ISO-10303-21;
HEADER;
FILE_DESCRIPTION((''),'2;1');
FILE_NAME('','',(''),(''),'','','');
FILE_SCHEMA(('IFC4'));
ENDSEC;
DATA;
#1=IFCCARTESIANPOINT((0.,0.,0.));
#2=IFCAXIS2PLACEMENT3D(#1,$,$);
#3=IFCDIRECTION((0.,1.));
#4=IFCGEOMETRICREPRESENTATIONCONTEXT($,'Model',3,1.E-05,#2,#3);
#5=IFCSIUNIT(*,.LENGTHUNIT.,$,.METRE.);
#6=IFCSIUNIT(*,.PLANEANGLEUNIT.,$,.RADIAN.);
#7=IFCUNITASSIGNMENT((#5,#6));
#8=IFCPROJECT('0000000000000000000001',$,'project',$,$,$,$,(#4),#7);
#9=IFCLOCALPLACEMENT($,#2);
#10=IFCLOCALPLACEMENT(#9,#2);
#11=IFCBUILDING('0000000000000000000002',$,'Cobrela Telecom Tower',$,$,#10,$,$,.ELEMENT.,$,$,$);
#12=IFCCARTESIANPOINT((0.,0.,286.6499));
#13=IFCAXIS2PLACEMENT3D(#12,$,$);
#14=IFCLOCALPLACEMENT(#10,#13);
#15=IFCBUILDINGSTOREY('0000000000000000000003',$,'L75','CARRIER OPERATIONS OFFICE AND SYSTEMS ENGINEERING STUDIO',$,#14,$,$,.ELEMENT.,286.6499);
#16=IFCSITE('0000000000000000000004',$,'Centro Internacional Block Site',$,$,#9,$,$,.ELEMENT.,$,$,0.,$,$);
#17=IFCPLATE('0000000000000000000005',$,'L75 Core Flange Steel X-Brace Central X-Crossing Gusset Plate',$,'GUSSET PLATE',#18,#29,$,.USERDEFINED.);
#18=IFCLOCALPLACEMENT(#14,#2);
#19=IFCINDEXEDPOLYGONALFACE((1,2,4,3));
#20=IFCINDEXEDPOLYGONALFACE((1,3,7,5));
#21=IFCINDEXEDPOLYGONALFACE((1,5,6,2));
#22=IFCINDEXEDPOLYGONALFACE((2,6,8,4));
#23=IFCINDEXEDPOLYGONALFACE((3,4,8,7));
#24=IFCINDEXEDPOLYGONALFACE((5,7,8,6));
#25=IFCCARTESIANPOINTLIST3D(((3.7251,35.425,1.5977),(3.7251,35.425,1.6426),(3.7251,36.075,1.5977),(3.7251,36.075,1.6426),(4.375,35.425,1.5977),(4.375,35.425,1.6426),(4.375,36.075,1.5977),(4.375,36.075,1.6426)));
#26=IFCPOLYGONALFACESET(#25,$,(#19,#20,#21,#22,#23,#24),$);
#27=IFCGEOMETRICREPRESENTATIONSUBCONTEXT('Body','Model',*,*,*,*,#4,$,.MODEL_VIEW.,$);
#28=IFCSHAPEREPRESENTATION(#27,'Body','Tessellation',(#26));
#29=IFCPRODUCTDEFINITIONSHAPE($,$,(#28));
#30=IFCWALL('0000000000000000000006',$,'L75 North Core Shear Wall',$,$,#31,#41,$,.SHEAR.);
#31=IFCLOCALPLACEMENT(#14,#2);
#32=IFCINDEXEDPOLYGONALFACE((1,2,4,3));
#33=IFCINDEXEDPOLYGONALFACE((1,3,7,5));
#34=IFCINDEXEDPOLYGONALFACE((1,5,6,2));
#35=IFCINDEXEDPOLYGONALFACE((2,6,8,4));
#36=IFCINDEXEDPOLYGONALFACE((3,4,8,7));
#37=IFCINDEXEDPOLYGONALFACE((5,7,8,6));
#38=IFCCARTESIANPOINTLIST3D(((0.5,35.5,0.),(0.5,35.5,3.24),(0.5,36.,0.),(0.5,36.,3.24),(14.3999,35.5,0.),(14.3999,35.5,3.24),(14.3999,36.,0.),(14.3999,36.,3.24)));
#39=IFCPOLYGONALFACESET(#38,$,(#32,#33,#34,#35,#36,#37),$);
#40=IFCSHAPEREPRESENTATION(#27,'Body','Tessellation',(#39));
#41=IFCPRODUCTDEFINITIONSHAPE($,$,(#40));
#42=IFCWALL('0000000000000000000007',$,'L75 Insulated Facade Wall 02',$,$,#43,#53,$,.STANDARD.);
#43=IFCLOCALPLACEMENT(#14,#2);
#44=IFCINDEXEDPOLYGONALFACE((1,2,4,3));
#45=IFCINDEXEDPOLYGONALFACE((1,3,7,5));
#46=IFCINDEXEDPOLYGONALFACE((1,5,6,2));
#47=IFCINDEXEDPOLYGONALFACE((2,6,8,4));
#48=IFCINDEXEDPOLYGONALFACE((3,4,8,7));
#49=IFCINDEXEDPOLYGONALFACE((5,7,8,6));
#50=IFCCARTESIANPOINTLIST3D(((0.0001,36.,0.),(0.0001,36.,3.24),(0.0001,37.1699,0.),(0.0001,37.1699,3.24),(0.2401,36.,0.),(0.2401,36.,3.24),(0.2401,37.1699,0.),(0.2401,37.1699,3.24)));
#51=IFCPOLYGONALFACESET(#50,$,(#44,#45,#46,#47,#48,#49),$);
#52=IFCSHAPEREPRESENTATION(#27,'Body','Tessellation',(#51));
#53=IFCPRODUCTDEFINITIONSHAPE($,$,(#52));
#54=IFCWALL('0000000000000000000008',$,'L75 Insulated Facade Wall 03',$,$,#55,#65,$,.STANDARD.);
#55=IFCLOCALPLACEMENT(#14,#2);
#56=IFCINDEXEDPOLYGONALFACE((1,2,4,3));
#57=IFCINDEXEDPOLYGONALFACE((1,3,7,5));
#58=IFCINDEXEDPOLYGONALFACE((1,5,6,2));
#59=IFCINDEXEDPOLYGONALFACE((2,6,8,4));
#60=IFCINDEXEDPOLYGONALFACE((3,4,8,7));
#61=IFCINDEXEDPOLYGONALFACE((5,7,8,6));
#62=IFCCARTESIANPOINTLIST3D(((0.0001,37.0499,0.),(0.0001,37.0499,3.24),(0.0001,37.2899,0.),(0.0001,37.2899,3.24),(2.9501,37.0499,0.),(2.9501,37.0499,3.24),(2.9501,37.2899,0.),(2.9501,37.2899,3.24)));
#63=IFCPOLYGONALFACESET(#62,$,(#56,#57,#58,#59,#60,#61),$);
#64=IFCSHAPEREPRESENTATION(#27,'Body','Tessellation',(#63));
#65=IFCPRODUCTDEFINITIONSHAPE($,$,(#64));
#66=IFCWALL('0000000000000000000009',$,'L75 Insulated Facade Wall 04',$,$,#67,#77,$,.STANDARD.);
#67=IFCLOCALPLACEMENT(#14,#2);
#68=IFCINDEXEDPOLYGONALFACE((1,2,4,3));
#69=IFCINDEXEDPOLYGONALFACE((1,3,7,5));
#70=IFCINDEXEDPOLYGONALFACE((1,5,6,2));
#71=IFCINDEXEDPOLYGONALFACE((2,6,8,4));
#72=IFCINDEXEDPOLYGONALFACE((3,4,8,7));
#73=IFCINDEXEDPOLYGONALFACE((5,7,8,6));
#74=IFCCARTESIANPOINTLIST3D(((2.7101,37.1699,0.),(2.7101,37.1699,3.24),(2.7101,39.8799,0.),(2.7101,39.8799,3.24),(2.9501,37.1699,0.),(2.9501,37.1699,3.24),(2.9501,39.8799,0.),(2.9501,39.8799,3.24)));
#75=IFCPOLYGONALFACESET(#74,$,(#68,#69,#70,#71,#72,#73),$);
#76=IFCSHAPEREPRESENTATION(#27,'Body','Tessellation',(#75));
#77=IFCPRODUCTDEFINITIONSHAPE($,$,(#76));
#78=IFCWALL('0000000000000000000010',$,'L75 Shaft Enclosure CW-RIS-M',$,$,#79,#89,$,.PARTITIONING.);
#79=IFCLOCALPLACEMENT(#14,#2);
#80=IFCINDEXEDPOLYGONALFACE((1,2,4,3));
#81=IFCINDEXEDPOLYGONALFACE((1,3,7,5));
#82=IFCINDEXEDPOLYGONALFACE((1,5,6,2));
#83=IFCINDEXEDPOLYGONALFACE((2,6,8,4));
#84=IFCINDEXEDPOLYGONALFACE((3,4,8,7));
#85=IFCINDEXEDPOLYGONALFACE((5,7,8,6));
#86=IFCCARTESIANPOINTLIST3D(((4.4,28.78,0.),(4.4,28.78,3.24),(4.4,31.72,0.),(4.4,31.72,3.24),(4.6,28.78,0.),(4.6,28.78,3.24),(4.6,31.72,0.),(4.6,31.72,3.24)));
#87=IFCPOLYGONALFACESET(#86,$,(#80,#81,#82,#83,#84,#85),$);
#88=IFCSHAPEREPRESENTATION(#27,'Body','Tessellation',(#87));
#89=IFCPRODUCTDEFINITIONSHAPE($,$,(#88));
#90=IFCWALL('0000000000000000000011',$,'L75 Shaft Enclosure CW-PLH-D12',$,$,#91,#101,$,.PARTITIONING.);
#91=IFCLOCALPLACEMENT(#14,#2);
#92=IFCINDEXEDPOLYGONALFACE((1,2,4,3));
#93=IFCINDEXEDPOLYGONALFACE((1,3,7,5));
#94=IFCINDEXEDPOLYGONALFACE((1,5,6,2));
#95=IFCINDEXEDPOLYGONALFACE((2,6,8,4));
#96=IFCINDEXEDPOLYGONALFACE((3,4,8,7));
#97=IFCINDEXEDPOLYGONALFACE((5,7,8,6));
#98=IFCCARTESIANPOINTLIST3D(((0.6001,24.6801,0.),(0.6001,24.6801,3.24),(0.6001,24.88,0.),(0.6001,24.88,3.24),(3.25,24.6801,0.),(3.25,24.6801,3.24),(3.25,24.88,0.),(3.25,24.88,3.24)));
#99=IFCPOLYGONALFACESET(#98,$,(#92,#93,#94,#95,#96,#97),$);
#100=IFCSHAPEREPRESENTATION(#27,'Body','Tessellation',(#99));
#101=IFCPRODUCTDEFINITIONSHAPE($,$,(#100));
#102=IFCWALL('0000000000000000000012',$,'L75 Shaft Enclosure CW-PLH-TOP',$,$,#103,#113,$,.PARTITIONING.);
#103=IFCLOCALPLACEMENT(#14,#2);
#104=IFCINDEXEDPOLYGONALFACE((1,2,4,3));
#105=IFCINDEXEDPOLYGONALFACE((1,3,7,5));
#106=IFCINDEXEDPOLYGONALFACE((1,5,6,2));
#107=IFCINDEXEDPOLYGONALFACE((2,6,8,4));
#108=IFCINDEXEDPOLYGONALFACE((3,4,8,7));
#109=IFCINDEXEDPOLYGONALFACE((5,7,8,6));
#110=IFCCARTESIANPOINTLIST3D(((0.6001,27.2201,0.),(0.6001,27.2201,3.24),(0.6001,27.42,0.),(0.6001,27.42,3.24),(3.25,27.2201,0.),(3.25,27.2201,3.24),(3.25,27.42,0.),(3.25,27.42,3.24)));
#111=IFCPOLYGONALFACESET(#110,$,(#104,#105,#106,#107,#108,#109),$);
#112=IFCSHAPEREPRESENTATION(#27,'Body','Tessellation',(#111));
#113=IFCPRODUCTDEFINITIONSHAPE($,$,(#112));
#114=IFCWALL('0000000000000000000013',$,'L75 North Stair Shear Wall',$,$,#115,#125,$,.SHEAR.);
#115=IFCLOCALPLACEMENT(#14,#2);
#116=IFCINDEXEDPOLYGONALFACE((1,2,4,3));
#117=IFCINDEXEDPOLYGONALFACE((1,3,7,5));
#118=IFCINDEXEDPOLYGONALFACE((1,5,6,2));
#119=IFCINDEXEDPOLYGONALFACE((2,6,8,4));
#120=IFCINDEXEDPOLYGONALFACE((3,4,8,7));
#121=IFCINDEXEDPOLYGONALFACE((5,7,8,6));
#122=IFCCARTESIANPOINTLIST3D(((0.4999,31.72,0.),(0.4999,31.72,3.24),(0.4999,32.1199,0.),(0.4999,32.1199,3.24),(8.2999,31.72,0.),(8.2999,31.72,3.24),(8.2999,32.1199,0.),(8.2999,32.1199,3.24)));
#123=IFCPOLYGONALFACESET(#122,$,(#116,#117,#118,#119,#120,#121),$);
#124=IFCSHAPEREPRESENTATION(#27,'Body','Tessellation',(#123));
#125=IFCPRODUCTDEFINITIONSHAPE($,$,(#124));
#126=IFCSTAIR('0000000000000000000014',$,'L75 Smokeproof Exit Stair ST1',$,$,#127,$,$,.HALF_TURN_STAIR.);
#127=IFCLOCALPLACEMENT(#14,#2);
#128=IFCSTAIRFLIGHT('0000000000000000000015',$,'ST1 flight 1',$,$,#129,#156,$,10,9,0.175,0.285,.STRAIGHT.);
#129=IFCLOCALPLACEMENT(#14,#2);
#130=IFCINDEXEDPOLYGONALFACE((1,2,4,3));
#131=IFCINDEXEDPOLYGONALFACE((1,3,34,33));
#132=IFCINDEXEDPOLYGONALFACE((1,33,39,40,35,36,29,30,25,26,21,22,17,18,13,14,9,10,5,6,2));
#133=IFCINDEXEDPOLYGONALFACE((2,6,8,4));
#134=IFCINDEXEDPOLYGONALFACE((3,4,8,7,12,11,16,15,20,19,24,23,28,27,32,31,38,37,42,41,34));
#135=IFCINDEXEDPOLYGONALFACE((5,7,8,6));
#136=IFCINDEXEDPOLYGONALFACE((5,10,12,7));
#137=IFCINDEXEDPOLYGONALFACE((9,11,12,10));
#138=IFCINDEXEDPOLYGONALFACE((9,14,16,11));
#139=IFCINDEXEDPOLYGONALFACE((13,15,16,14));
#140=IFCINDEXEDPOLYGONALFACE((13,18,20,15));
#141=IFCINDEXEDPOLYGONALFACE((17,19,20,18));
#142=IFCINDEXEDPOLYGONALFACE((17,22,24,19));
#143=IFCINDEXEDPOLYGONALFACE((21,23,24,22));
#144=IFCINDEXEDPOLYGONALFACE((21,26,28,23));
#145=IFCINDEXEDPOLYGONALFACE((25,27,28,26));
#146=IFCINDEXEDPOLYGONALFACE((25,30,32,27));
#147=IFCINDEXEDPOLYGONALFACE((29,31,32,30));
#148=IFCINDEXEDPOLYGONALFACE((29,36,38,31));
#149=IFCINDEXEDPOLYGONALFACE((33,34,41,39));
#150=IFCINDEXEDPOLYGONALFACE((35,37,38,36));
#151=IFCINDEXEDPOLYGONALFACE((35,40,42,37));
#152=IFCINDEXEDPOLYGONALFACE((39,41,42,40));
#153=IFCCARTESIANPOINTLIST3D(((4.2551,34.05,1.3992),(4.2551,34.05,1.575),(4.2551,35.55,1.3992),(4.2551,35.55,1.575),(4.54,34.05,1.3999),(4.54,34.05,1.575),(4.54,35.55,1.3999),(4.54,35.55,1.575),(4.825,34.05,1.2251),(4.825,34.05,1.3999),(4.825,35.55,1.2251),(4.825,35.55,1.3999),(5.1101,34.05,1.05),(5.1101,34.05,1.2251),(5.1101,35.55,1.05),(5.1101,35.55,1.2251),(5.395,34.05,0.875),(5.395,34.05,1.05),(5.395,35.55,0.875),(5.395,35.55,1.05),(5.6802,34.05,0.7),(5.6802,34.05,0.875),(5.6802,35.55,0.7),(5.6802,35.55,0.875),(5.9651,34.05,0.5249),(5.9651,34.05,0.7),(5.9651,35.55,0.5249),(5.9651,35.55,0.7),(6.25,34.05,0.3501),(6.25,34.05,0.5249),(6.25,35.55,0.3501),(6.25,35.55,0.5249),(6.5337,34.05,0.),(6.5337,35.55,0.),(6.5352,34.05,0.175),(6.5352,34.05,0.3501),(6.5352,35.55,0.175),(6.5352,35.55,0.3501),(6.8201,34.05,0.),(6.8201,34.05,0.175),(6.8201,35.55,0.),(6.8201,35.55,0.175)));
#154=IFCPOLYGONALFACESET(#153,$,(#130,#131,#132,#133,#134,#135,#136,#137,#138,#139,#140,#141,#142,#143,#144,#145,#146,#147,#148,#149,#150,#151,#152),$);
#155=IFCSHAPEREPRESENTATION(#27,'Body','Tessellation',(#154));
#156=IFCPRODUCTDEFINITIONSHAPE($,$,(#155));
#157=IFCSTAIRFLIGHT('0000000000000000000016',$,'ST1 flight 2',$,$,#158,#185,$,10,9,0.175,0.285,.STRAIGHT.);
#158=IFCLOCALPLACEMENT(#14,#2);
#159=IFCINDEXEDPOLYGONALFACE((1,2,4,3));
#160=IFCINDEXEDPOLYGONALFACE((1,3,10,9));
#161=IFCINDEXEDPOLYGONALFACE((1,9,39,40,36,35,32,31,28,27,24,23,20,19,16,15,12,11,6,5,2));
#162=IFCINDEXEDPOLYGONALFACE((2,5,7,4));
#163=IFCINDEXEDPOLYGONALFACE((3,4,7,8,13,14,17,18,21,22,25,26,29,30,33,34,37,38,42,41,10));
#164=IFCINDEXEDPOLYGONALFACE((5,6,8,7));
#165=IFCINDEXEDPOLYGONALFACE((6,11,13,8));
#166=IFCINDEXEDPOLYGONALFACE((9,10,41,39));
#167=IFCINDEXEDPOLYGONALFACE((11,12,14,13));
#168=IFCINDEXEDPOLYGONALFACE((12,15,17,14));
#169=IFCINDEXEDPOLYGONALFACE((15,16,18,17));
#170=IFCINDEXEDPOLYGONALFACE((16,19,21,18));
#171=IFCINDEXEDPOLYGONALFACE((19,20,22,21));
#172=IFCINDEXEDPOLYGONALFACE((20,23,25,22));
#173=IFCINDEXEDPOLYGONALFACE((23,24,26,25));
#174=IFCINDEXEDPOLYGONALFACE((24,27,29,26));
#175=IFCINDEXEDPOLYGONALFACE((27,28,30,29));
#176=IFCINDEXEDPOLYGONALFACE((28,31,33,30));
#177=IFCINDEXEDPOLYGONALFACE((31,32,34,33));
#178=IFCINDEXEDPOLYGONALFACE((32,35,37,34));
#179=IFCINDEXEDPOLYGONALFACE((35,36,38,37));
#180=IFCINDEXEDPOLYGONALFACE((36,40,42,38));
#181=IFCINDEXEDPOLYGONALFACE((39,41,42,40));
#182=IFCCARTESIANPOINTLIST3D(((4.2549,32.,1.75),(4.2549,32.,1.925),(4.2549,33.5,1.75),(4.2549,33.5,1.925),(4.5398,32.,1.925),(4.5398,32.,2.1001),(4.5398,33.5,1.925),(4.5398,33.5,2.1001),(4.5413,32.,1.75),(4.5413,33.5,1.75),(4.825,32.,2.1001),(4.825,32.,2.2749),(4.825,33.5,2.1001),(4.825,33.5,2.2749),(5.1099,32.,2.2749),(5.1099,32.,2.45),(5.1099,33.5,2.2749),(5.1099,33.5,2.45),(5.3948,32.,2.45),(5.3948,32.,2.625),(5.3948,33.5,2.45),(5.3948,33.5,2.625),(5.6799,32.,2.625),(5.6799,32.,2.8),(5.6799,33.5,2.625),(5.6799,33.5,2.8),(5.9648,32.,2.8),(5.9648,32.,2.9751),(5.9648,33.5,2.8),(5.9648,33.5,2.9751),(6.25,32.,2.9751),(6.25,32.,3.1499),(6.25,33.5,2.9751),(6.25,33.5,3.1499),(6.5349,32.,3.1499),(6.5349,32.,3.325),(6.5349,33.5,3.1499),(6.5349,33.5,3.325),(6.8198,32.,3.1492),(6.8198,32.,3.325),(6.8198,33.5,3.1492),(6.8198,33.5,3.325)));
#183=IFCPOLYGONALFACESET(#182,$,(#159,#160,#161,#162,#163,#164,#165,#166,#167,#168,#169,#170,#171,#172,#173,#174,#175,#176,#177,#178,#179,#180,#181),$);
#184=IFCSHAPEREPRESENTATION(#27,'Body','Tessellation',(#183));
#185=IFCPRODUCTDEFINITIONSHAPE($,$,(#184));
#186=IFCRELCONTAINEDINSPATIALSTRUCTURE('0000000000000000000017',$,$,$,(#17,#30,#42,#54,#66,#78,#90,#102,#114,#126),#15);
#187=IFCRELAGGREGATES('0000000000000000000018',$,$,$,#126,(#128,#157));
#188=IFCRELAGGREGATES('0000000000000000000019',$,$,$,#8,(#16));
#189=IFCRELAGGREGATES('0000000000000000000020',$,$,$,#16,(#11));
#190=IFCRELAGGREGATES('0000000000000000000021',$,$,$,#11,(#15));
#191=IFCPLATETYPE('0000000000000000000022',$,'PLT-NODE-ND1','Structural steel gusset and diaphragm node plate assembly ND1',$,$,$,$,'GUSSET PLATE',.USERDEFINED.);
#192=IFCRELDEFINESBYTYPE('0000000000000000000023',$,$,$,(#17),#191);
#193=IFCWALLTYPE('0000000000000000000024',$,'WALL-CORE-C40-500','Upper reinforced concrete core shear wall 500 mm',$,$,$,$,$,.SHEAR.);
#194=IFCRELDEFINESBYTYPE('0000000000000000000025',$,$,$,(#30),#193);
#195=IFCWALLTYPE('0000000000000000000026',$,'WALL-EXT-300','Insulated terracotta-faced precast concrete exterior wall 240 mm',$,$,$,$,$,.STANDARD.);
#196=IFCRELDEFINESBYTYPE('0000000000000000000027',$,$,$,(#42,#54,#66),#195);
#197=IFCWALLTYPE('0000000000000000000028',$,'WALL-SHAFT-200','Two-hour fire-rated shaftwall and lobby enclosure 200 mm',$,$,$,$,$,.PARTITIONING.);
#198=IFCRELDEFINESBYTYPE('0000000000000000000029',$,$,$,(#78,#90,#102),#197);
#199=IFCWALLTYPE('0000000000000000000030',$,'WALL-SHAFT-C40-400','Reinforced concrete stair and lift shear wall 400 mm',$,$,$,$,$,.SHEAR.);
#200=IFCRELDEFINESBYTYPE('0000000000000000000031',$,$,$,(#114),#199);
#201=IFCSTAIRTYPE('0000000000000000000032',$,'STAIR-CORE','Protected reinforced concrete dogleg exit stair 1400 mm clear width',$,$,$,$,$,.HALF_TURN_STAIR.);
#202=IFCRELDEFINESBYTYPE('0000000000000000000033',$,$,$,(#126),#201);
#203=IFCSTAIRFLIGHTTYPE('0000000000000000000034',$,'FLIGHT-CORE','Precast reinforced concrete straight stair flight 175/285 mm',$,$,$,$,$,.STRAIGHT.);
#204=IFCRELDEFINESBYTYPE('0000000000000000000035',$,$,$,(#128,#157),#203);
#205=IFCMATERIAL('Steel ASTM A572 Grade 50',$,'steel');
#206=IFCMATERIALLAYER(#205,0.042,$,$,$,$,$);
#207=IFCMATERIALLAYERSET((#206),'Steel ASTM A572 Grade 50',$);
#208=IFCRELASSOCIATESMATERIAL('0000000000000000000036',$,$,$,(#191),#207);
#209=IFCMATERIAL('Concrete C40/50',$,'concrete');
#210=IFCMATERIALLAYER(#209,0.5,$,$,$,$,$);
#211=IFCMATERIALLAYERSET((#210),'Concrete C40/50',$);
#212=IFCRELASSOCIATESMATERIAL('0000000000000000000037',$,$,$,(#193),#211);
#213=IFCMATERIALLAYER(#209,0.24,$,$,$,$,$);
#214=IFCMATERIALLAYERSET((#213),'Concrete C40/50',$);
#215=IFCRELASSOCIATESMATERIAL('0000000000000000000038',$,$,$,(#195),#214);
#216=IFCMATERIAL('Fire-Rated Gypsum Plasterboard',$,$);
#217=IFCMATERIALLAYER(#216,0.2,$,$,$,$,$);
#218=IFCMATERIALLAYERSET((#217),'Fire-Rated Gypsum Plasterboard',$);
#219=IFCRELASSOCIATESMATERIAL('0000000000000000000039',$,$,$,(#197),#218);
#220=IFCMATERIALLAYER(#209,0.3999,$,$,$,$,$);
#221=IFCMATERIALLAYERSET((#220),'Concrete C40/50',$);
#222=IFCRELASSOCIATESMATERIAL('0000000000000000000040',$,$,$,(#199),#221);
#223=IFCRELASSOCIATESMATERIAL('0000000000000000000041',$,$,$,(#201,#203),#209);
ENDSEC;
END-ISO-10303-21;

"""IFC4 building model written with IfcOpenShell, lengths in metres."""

from ifc_helpers import new_model, si_unit, direction, frame, frame_2d, origin, origin_2d, place, context, subcontext, project, spatial, polyline, rectangle, outline, extrude, material, layer, layer_set, type_object, element, aggregate, save


model = new_model("IFC4")

# Units and contexts
model_context = context("Model", 3, precision=1e-05, world=origin(), true_north=direction((0.0, 1.0)))
body_context = subcontext(model_context, "Body", "Model", "MODEL_VIEW")
ifc_project = project(units=[si_unit("LENGTHUNIT", "METRE"), si_unit("PLANEANGLEUNIT", "RADIAN")], contexts=[model_context])

# Site, building, storey
site_placement = place(None, origin())
site = spatial("IfcSite", under=ifc_project, at=site_placement, Name="Centro Internacional Block Site", CompositionType="ELEMENT", RefElevation=0.0)
building_placement = place(site_placement, origin())
building = spatial("IfcBuilding", under=site, at=building_placement, Name="Cobrela Telecom Tower", CompositionType="ELEMENT")
storey_placement = place(building_placement, frame((0.0, 0.0, 286.6499)))
storey = spatial("IfcBuildingStorey", under=building, at=storey_placement, Name="L75", Description="CARRIER OPERATIONS OFFICE AND SYSTEMS ENGINEERING STUDIO", CompositionType="ELEMENT", Elevation=286.6499)

# Shared definitions
ifc_material_1 = material(Name="Steel ASTM A572 Grade 50", Category="steel")

# Plate
ifc_layer_1 = layer(ifc_material_1, 0.042)
ifc_layer_set_1 = layer_set([ifc_layer_1], Name="Steel ASTM A572 Grade 50")
plate_type_1 = type_object("IfcPlateType", Name="PLT-NODE-ND1", Description="Structural steel gusset and diaphragm node plate assembly ND1", ElementType="GUSSET PLATE", PredefinedType="USERDEFINED", material=ifc_layer_set_1)
plate_1_placement = place(storey_placement, frame((4.05, 35.75, 1.5977), z_axis=(0.0, 0.0, 1.0), x_axis=(1.0, 0.0, 0.0)))
element("IfcPlate", 1, at=plate_1_placement, inside=storey, type_object=plate_type_1, Name="L75 Core Flange Steel X-Brace Central X-Crossing Gusset Plate", ObjectType="GUSSET PLATE", PredefinedType="USERDEFINED", context=body_context, shape_type="SweptSolid", body=[
    extrude(rectangle(XDim=0.6499, YDim=0.6499, at=origin_2d()), origin(), (0.0, 0.0, 1.0), 0.0449),
])

# Walls
ifc_material_2 = material(Name="Concrete C40/50", Category="concrete")
ifc_layer_2 = layer(ifc_material_2, 0.5)
ifc_layer_set_2 = layer_set([ifc_layer_2], Name="Concrete C40/50")
wall_type_1 = type_object("IfcWallType", Name="WALL-CORE-C40-500", Description="Upper reinforced concrete core shear wall 500 mm", PredefinedType="SHEAR", material=ifc_layer_set_2)
wall_1_placement = place(storey_placement, frame((0.5, 35.75, 0.0), z_axis=(0.0, 0.0, 1.0), x_axis=(1.0, 0.0, 0.0)))
element("IfcWall", 2, at=wall_1_placement, inside=storey, type_object=wall_type_1, Name="L75 North Core Shear Wall", PredefinedType="SHEAR", context=body_context, shape_type="SweptSolid", body=[
    extrude(rectangle(XDim=13.8999, YDim=0.5, at=frame_2d((6.95, 0.0))), origin(), (0.0, 0.0, 1.0), 3.24),
])
ifc_layer_3 = layer(ifc_material_2, 0.24)
ifc_layer_set_3 = layer_set([ifc_layer_3], Name="Concrete C40/50")
wall_type_2 = type_object("IfcWallType", Name="WALL-EXT-300", Description="Insulated terracotta-faced precast concrete exterior wall 240 mm", PredefinedType="STANDARD", material=ifc_layer_set_3)
wall_2_placement = place(storey_placement, frame((0.1201, 36.0, 0.0), z_axis=(0.0, 0.0, 1.0), x_axis=(0.0, 1.0, 0.0)))
element("IfcWall", 3, at=wall_2_placement, inside=storey, type_object=wall_type_2, Name="L75 Insulated Facade Wall 02", PredefinedType="STANDARD", context=body_context, shape_type="SweptSolid", body=[
    extrude(rectangle(XDim=1.1699, YDim=0.24, at=frame_2d((0.585, 0.0))), origin(), (0.0, 0.0, 1.0), 3.24),
])
wall_3_placement = place(storey_placement, frame((0.0, 37.1699, 0.0), z_axis=(0.0, 0.0, 1.0), x_axis=(1.0, 0.0, 0.0)))
element("IfcWall", 4, at=wall_3_placement, inside=storey, type_object=wall_type_2, Name="L75 Insulated Facade Wall 03", PredefinedType="STANDARD", context=body_context, shape_type="SweptSolid", body=[
    extrude(rectangle(XDim=2.95, YDim=0.24, at=frame_2d((1.4751, 0.0))), origin(), (0.0, 0.0, 1.0), 3.24),
])
wall_4_placement = place(storey_placement, frame((2.8301, 37.1699, 0.0), z_axis=(0.0, 0.0, 1.0), x_axis=(0.0, 1.0, 0.0)))
element("IfcWall", 5, at=wall_4_placement, inside=storey, type_object=wall_type_2, Name="L75 Insulated Facade Wall 04", PredefinedType="STANDARD", context=body_context, shape_type="SweptSolid", body=[
    extrude(rectangle(XDim=2.71, YDim=0.24, at=frame_2d((1.355, 0.0))), origin(), (0.0, 0.0, 1.0), 3.24),
])

# Shared definitions
ifc_material_3 = material(Name="Fire-Rated Gypsum Plasterboard")
ifc_layer_4 = layer(ifc_material_3, 0.2)
ifc_layer_set_4 = layer_set([ifc_layer_4], Name="Fire-Rated Gypsum Plasterboard")
wall_type_3 = type_object("IfcWallType", Name="WALL-SHAFT-200", Description="Two-hour fire-rated shaftwall and lobby enclosure 200 mm", PredefinedType="PARTITIONING", material=ifc_layer_set_4)

# Walls
wall_5_placement = place(storey_placement, frame((4.5, 28.78, 0.0), z_axis=(0.0, 0.0, 1.0), x_axis=(0.0, 1.0, 0.0)))
element("IfcWall", 6, at=wall_5_placement, inside=storey, type_object=wall_type_3, Name="L75 Shaft Enclosure CW-RIS-M", PredefinedType="PARTITIONING", context=body_context, shape_type="SweptSolid", body=[
    extrude(rectangle(XDim=2.9399, YDim=0.2, at=frame_2d((1.47, 0.0))), origin(), (0.0, 0.0, 1.0), 3.24),
])
for number, where, z_axis, x_axis, name in (
    (7, (0.6001, 24.78, 0.0), (0.0, 0.0, 1.0), (1.0, 0.0, 0.0), "L75 Shaft Enclosure CW-PLH-D12"),
    (8, (0.6001, 27.3201, 0.0), (0.0, 0.0, 1.0), (1.0, 0.0, 0.0), "L75 Shaft Enclosure CW-PLH-TOP"),
):
    element("IfcWall", number, at=place(storey_placement, frame(where, z_axis=z_axis, x_axis=x_axis)), inside=storey, type_object=wall_type_3, Name=name, PredefinedType="PARTITIONING", context=body_context, shape_type="SweptSolid", body=[
        extrude(rectangle(XDim=2.6499, YDim=0.2, at=frame_2d((1.325, 0.0))), origin(), (0.0, 0.0, 1.0), 3.24),
    ])
ifc_layer_5 = layer(ifc_material_2, 0.3999)
ifc_layer_set_5 = layer_set([ifc_layer_5], Name="Concrete C40/50")
wall_type_4 = type_object("IfcWallType", Name="WALL-SHAFT-C40-400", Description="Reinforced concrete stair and lift shear wall 400 mm", PredefinedType="SHEAR", material=ifc_layer_set_5)
wall_6_placement = place(storey_placement, frame((0.5, 31.9199, 0.0), z_axis=(0.0, 0.0, 1.0), x_axis=(1.0, 0.0, 0.0)))
element("IfcWall", 9, at=wall_6_placement, inside=storey, type_object=wall_type_4, Name="L75 North Stair Shear Wall", PredefinedType="SHEAR", context=body_context, shape_type="SweptSolid", body=[
    extrude(rectangle(XDim=7.8, YDim=0.3999, at=frame_2d((3.8999, 0.0))), origin(), (0.0, 0.0, 1.0), 3.24),
])

# Stair, stair flights
stair_type = type_object("IfcStairType", Name="STAIR-CORE", Description="Protected reinforced concrete dogleg exit stair 1400 mm clear width", PredefinedType="HALF_TURN_STAIR", material=ifc_material_2)
stair_placement = place(storey_placement, origin())
stair = element("IfcStair", 10, at=stair_placement, inside=storey, type_object=stair_type, Name="L75 Smokeproof Exit Stair ST1", PredefinedType="HALF_TURN_STAIR")
stair_flight_type = type_object("IfcStairFlightType", Name="FLIGHT-CORE", Description="Precast reinforced concrete straight stair flight 175/285 mm", PredefinedType="STRAIGHT", material=ifc_material_2)
stair_flight_1_placement = place(storey_placement, frame((6.8201, 34.8, 0.0), z_axis=(0.0, 0.0, 1.0), x_axis=(-1.0, 0.0, 0.0)))
stair_flight_1 = element("IfcStairFlight", 11, at=stair_flight_1_placement, type_object=stair_flight_type, Name="ST1 flight 1", NumberOfRisers=10, NumberOfTreads=9, PredefinedType="STRAIGHT", RiserHeight=0.175, TreadLength=0.285, context=body_context, shape_type="SweptSolid", body=[
    extrude(outline(polyline([(0.0, 0.0), (0.0, 0.175), (0.2849, 0.175), (0.2849, 0.3501), (0.5701, 0.3501), (0.5701, 0.5249), (0.855, 0.5249), (0.855, 0.7), (1.1399, 0.7), (1.1399, 0.875), (1.425, 0.875), (1.425, 1.05), (1.71, 1.05), (1.71, 1.2251), (1.9951, 1.2251), (1.9951, 1.3999), (2.28, 1.3999), (2.28, 1.575), (2.5649, 1.575), (2.5649, 1.75), (2.5649, 1.3992), (0.2864, 0.0), (0.0, 0.0)])), frame((0.0, 0.75, 0.0), z_axis=(0.0, -1.0, 0.0), x_axis=(1.0, 0.0, 0.0)), (0.0, 0.0, 1.0), 1.5),
])
stair_flight_2_placement = place(storey_placement, frame((4.2549, 32.75, 1.75), z_axis=(0.0, 0.0, 1.0), x_axis=(1.0, 0.0, 0.0)))
stair_flight_2 = element("IfcStairFlight", 12, at=stair_flight_2_placement, type_object=stair_flight_type, Name="ST1 flight 2", NumberOfRisers=10, NumberOfTreads=9, PredefinedType="STRAIGHT", RiserHeight=0.175, TreadLength=0.285, context=body_context, shape_type="SweptSolid", body=[
    extrude(outline(polyline([(0.0, 0.0), (0.0, 0.175), (0.2849, 0.175), (0.2849, 0.3501), (0.5701, 0.3501), (0.5701, 0.5249), (0.855, 0.5249), (0.855, 0.7), (1.1399, 0.7), (1.1399, 0.875), (1.425, 0.875), (1.425, 1.05), (1.71, 1.05), (1.71, 1.2251), (1.9951, 1.2251), (1.9951, 1.3999), (2.28, 1.3999), (2.28, 1.575), (2.5649, 1.575), (2.5649, 1.75), (2.5649, 1.3992), (0.2864, 0.0), (0.0, 0.0)])), frame((0.0, 0.75, 0.0), z_axis=(0.0, -1.0, 0.0), x_axis=(1.0, 0.0, 0.0)), (0.0, 0.0, 1.0), 1.5),
])
aggregate(stair, [stair_flight_1, stair_flight_2])

save(model, "model.ifc")
